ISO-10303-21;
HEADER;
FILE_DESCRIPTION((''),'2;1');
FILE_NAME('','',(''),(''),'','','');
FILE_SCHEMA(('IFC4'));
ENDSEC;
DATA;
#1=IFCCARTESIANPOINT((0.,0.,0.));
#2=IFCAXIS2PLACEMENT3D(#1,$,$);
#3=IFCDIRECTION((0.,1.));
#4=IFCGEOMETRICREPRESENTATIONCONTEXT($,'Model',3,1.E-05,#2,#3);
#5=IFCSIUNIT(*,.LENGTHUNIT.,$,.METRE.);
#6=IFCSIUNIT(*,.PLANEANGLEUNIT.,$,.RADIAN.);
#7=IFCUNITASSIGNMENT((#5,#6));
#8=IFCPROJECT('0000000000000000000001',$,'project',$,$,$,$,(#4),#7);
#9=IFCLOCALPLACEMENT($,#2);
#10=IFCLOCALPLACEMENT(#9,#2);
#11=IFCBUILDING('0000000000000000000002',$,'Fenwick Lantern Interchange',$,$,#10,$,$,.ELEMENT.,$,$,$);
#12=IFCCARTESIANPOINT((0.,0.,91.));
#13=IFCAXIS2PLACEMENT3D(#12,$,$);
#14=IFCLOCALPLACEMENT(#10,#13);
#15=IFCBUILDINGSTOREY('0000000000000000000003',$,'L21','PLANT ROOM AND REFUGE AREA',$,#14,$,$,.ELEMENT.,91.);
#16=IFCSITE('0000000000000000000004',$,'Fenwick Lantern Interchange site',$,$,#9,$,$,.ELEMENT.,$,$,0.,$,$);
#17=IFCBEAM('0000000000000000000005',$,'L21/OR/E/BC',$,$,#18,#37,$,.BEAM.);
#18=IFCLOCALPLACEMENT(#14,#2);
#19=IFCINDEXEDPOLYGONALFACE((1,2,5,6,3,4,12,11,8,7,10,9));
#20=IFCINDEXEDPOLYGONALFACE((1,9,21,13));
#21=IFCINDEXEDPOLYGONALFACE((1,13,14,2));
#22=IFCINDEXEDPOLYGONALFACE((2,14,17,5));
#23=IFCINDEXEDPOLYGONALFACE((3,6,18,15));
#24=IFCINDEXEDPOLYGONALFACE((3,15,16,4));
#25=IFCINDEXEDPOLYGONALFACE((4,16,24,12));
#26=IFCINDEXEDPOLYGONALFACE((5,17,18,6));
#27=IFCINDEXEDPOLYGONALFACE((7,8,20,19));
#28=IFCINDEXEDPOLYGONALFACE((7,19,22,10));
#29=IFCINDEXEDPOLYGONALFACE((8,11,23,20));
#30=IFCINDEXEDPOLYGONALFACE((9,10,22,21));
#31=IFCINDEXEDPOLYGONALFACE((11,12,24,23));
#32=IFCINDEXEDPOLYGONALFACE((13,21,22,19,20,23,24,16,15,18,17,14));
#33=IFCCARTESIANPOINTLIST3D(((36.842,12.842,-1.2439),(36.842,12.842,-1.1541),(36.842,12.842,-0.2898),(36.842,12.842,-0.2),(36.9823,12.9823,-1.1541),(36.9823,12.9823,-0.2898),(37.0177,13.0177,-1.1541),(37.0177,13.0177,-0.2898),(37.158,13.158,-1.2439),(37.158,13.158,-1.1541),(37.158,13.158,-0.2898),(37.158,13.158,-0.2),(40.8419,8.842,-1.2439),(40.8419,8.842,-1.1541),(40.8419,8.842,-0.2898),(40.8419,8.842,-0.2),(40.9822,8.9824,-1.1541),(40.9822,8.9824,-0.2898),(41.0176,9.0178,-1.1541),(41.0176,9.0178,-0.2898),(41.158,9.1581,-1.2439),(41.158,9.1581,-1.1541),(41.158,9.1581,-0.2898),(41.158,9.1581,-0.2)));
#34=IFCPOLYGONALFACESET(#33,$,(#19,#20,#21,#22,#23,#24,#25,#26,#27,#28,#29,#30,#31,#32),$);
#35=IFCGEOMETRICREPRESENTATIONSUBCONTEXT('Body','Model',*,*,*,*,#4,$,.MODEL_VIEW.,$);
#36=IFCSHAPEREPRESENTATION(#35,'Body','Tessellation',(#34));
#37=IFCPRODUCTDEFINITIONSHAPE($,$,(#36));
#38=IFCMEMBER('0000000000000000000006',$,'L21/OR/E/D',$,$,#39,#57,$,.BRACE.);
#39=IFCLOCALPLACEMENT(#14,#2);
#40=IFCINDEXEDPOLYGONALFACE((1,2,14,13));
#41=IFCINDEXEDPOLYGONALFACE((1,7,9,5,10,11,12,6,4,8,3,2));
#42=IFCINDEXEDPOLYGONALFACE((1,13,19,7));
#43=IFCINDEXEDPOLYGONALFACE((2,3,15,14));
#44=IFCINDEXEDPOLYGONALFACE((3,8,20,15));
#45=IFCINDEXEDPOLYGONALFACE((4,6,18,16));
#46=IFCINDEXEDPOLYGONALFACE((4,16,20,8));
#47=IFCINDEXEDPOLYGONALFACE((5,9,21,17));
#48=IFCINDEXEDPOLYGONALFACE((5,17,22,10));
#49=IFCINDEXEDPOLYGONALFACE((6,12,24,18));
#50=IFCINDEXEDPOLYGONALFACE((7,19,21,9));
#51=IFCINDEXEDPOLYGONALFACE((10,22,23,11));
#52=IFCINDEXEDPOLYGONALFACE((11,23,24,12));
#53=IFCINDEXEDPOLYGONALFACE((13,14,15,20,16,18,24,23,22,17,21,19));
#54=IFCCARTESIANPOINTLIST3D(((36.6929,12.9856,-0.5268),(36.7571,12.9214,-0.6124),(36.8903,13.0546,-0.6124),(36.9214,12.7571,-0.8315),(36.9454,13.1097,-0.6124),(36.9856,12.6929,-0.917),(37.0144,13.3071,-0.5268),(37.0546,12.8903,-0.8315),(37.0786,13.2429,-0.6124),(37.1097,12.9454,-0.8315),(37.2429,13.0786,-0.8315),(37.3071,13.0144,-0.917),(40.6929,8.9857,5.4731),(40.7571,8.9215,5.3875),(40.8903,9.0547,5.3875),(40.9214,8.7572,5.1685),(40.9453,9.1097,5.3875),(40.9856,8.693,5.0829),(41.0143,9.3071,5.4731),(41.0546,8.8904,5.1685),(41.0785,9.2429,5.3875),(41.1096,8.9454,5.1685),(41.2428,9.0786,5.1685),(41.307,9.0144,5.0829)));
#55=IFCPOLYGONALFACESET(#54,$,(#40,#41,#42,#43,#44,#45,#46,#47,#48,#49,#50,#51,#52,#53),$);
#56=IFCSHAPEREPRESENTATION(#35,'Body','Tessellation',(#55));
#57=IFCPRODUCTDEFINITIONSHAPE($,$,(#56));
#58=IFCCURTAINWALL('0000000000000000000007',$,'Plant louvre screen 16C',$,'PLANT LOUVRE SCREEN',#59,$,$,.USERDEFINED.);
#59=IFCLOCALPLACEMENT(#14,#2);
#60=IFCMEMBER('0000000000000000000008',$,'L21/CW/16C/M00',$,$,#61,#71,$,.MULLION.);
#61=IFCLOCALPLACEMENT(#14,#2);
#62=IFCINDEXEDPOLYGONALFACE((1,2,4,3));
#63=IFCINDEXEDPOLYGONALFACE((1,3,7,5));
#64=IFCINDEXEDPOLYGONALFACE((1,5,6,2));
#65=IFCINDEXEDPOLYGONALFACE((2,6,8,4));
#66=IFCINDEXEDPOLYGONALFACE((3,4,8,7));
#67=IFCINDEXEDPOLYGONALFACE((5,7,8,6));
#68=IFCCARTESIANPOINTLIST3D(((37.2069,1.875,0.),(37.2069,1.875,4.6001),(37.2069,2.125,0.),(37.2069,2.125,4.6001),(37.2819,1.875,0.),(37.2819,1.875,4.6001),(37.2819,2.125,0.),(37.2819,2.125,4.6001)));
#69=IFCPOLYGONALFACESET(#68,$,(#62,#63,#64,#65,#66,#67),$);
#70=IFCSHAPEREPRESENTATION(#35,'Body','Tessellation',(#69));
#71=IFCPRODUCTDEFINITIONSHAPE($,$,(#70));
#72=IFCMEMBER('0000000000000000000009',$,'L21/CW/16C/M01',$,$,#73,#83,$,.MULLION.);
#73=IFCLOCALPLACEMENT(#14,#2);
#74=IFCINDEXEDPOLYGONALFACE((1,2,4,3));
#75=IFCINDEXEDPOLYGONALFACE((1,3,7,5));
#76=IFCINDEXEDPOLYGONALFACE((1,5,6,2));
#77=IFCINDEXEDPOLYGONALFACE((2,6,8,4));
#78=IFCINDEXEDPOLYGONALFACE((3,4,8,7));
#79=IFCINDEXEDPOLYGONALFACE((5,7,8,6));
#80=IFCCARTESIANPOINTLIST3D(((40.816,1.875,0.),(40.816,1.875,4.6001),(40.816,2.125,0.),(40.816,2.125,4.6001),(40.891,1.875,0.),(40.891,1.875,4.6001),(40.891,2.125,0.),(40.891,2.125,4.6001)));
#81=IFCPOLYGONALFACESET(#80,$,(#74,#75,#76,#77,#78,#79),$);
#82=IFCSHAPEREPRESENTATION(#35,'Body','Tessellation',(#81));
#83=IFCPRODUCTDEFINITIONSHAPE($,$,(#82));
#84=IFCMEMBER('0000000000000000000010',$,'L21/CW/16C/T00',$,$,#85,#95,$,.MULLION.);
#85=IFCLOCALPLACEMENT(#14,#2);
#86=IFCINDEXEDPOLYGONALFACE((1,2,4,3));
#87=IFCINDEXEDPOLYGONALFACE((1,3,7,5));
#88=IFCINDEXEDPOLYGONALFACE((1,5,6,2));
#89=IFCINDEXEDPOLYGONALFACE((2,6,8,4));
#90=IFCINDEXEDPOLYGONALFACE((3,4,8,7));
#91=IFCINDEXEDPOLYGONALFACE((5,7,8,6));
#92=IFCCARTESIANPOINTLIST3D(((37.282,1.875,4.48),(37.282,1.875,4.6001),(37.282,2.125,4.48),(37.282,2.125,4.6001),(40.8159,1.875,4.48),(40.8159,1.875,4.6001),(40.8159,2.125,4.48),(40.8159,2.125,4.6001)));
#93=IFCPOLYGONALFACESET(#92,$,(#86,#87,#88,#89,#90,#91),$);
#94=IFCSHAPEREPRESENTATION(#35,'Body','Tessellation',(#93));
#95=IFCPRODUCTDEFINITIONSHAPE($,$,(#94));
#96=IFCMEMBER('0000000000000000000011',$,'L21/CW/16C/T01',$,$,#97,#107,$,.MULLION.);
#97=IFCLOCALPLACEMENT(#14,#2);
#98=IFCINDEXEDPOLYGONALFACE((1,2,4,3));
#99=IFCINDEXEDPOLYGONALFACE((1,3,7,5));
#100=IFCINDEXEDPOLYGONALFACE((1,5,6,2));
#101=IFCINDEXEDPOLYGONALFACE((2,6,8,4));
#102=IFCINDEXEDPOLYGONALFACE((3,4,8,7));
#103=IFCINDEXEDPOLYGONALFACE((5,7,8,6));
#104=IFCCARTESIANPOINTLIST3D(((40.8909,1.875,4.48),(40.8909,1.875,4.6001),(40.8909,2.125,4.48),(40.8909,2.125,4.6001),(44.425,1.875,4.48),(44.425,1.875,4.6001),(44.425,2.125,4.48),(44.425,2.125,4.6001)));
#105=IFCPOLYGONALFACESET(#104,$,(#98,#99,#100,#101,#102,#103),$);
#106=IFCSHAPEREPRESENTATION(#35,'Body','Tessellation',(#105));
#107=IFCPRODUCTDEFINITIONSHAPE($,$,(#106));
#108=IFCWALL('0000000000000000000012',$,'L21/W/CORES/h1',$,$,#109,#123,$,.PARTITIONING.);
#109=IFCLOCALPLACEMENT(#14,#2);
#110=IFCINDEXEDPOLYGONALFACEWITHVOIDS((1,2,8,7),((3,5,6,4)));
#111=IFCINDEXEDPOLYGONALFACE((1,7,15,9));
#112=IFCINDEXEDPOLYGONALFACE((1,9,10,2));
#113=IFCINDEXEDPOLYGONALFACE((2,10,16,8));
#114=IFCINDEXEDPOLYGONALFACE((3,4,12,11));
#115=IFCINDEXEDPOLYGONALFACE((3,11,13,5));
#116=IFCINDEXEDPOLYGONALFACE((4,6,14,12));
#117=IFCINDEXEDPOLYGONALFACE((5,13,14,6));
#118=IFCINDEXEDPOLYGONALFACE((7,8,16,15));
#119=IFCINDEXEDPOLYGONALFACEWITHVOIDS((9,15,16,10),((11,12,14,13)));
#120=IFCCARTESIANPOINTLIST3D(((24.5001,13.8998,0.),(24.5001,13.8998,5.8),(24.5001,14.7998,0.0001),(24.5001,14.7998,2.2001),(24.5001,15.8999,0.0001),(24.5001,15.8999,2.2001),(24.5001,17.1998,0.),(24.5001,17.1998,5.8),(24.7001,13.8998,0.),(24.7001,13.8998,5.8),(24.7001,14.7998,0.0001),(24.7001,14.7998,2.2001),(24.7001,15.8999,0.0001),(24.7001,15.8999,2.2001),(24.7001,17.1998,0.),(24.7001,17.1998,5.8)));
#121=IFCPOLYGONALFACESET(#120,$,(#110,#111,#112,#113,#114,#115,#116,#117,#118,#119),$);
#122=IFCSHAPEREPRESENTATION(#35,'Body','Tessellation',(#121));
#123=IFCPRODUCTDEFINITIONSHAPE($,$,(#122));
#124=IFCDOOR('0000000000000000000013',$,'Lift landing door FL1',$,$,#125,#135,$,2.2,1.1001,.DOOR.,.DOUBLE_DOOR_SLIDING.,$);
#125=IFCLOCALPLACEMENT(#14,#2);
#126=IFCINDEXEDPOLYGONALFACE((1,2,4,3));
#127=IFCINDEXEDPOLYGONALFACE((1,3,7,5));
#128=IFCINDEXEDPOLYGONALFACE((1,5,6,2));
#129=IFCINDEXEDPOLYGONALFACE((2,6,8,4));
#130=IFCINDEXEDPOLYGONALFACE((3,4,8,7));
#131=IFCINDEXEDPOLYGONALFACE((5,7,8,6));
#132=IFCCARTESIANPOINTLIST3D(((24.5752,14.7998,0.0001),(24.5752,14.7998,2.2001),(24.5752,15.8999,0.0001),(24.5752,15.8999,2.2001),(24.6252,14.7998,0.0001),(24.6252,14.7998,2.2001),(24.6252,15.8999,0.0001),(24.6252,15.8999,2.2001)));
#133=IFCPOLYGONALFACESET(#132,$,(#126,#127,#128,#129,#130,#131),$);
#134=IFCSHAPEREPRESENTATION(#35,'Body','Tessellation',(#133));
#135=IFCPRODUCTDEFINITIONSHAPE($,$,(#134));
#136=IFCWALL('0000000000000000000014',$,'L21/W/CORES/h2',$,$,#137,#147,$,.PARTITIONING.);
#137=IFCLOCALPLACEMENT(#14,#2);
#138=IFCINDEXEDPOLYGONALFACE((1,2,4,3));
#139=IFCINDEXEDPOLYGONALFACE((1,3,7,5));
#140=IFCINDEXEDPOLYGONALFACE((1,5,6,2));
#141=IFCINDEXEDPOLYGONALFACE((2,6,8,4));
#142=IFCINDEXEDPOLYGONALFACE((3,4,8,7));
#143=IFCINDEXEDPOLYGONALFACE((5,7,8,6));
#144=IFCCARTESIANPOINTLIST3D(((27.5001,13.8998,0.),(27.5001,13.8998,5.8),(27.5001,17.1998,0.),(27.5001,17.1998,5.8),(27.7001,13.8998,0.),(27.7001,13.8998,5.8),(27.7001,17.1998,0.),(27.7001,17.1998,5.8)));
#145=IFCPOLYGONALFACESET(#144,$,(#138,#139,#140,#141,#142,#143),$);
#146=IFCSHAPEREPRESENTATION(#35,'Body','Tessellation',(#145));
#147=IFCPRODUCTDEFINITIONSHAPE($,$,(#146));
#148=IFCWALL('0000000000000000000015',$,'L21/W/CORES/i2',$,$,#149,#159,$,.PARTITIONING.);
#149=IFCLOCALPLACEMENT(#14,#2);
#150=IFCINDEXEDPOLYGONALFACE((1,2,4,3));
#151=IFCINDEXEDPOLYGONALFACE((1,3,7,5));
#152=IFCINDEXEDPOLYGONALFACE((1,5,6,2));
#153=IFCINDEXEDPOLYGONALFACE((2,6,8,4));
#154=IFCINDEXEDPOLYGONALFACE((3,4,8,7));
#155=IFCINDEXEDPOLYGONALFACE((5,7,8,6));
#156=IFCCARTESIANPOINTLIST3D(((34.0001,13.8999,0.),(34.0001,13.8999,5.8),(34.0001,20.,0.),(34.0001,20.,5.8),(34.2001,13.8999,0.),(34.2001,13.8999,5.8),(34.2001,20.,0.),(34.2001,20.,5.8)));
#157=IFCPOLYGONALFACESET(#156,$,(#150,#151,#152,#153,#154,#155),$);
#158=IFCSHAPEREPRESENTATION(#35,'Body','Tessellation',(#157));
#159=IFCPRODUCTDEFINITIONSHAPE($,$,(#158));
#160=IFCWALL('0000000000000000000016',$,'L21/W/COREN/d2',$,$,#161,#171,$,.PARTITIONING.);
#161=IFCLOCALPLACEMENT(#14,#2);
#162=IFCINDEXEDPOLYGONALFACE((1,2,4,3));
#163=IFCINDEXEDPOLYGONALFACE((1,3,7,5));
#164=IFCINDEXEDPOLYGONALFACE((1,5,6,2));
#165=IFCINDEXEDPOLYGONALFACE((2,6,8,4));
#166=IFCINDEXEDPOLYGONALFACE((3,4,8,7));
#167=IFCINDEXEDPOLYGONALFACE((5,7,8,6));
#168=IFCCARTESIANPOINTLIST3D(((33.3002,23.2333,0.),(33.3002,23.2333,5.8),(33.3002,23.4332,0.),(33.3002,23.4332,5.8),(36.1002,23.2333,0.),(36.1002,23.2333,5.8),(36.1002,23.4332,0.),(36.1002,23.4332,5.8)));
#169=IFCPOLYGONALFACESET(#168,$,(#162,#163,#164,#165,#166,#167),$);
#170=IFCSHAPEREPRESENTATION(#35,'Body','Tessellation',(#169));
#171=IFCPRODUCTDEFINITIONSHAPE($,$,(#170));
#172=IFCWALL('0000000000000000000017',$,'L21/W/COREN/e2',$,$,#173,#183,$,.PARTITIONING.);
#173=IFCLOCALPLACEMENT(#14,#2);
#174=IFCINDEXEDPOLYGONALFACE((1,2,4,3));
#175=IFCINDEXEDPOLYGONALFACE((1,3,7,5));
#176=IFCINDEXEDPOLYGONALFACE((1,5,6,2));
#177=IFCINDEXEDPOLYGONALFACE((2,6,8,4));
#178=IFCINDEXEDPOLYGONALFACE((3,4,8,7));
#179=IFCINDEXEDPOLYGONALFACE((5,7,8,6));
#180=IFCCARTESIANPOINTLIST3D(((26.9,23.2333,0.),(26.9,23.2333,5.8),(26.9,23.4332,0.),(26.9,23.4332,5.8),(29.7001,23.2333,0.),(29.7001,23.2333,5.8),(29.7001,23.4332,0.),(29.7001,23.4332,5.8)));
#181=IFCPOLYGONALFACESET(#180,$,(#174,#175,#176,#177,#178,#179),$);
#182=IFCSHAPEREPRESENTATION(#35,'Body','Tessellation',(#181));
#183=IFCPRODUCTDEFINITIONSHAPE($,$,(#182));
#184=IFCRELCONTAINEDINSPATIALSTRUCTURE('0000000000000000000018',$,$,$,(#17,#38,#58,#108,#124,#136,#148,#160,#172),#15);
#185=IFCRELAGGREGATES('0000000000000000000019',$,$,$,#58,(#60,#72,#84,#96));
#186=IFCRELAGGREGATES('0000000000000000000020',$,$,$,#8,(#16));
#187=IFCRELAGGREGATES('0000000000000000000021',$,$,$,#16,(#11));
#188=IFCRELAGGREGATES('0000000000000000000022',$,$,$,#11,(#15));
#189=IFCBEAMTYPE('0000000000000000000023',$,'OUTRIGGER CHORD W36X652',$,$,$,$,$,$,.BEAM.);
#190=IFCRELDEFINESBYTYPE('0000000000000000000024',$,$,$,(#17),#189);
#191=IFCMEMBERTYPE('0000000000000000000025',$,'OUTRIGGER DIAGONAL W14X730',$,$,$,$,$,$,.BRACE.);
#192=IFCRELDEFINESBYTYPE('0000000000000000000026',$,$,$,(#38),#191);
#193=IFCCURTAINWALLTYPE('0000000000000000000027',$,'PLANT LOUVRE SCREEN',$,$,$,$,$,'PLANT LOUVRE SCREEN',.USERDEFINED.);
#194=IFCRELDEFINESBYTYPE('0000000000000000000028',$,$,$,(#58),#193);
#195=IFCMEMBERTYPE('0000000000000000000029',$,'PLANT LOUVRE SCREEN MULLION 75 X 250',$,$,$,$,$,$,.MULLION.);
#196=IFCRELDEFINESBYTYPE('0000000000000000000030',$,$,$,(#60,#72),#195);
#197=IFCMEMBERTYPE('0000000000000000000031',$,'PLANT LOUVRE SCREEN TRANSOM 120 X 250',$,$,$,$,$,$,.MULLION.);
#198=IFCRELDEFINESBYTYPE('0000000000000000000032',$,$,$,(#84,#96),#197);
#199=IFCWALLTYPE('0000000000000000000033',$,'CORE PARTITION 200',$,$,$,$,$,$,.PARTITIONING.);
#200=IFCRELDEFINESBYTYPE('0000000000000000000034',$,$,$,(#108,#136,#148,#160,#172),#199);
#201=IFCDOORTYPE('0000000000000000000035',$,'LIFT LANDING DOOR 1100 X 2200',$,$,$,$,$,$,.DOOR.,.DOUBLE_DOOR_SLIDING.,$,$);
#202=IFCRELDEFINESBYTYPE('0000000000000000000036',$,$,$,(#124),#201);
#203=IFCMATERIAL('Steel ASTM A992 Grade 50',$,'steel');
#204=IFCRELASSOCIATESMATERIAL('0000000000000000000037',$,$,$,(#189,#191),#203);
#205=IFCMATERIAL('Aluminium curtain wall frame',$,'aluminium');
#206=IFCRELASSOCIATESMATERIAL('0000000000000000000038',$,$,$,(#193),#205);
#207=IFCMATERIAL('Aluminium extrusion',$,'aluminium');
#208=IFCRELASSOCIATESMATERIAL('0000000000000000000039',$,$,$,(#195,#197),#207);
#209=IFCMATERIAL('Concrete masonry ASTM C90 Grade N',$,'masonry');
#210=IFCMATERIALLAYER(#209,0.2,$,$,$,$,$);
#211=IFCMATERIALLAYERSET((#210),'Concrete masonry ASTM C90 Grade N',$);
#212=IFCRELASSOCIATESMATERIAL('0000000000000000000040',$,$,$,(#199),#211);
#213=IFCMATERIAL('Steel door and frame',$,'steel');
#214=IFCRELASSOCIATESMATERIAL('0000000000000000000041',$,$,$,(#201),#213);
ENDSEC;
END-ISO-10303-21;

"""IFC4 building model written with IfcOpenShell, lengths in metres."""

from ifc_helpers import new_model, si_unit, direction, frame, frame_2d, origin, origin_2d, place, context, subcontext, project, spatial, rectangle, i_section, extrude, material, layer, layer_set, material_profile, profile_set, type_object, element, fill, aggregate, save


model = new_model("IFC4")

# Units and contexts
model_context = context("Model", 3, precision=1e-05, world=origin(), true_north=direction((0.0, 1.0)))
body_context = subcontext(model_context, "Body", "Model", "MODEL_VIEW")
ifc_project = project(units=[si_unit("LENGTHUNIT", "METRE"), si_unit("PLANEANGLEUNIT", "RADIAN")], contexts=[model_context])

# Site, building, storey
site_placement = place(None, origin())
site = spatial("IfcSite", under=ifc_project, at=site_placement, Name="Fenwick Lantern Interchange site", CompositionType="ELEMENT", RefElevation=0.0)
building_placement = place(site_placement, origin())
building = spatial("IfcBuilding", under=site, at=building_placement, Name="Fenwick Lantern Interchange", CompositionType="ELEMENT")
storey_placement = place(building_placement, frame((0.0, 0.0, 91.0)))
storey = spatial("IfcBuildingStorey", under=building, at=storey_placement, Name="L21", Description="PLANT ROOM AND REFUGE AREA", CompositionType="ELEMENT", Elevation=91.0)

# Beam
ifc_material_1 = material(Name="Steel ASTM A992 Grade 50", Category="steel")
ifc_material_profile_1 = material_profile(ifc_material_1, i_section(OverallWidth=0.447, OverallDepth=1.0439, WebThickness=0.05, FlangeThickness=0.0898, at=origin_2d()), Name="W36X652")
ifc_profile_set_1 = profile_set([ifc_material_profile_1], Name="Steel ASTM A992 Grade 50")
beam_type_1 = type_object("IfcBeamType", Name="OUTRIGGER CHORD W36X652", PredefinedType="BEAM", material=ifc_profile_set_1)
beam_1_placement = place(storey_placement, frame((37.0, 13.0, -0.7219), z_axis=(0.707107, -0.707107, 0.0), x_axis=(0.707107, 0.707107, 0.0)))
element("IfcBeam", 1, at=beam_1_placement, inside=storey, type_object=beam_type_1, Name="L21/OR/E/BC", PredefinedType="BEAM", context=body_context, shape_type="SweptSolid", body=[
    extrude(i_section(OverallWidth=0.447, OverallDepth=1.0439, WebThickness=0.05, FlangeThickness=0.0898, at=origin_2d()), origin(), (0.0, 0.0, 1.0), 5.6567),
])

# Member
ifc_material_profile_2 = material_profile(ifc_material_1, i_section(OverallWidth=0.4546, OverallDepth=0.5688, WebThickness=0.0779, FlangeThickness=0.1248, at=origin_2d()), Name="W14X730")
ifc_profile_set_2 = profile_set([ifc_material_profile_2], Name="Steel ASTM A992 Grade 50")
member_type_1 = type_object("IfcMemberType", Name="OUTRIGGER DIAGONAL W14X730", PredefinedType="BRACE", material=ifc_profile_set_2)
member_1_placement = place(storey_placement, frame((37.0, 13.0, -0.7219), z_axis=(0.485071, -0.485071, 0.727607), x_axis=(0.707107, 0.707107, 0.0)))
element("IfcMember", 2, at=member_1_placement, inside=storey, type_object=member_type_1, Name="L21/OR/E/D", PredefinedType="BRACE", context=body_context, shape_type="SweptSolid", body=[
    extrude(i_section(OverallWidth=0.4546, OverallDepth=0.5688, WebThickness=0.0779, FlangeThickness=0.1248, at=origin_2d()), origin(), (0.0, 0.0, 1.0), 8.2461),
])

# Curtain wall, members
ifc_material_2 = material(Name="Aluminium curtain wall frame", Category="aluminium")
curtain_wall_type = type_object("IfcCurtainWallType", Name="PLANT LOUVRE SCREEN", ElementType="PLANT LOUVRE SCREEN", PredefinedType="USERDEFINED", material=ifc_material_2)
curtain_wall_placement = place(storey_placement, origin())
curtain_wall = element("IfcCurtainWall", 3, at=curtain_wall_placement, inside=storey, type_object=curtain_wall_type, Name="Plant louvre screen 16C", ObjectType="PLANT LOUVRE SCREEN", PredefinedType="USERDEFINED")
ifc_material_3 = material(Name="Aluminium extrusion", Category="aluminium")
ifc_material_profile_3 = material_profile(ifc_material_3, rectangle(XDim=0.25, YDim=0.075, at=origin_2d()), Name="PLANT LOUVRE SCREEN MULLION 75 X 250")
ifc_profile_set_3 = profile_set([ifc_material_profile_3], Name="Aluminium extrusion")
member_type_2 = type_object("IfcMemberType", Name="PLANT LOUVRE SCREEN MULLION 75 X 250", PredefinedType="MULLION", material=ifc_profile_set_3)
member_2_placement = place(storey_placement, frame((37.2444, 2.0, 0.0), z_axis=(0.0, 0.0, 1.0), x_axis=(0.0, 1.0, 0.0)))
member_2 = element("IfcMember", 4, at=member_2_placement, type_object=member_type_2, Name="L21/CW/16C/M00", PredefinedType="MULLION", context=body_context, shape_type="SweptSolid", body=[
    extrude(rectangle(XDim=0.25, YDim=0.075, at=origin_2d()), origin(), (0.0, 0.0, 1.0), 4.6001),
])
member_3_placement = place(storey_placement, frame((40.8535, 2.0, 0.0), z_axis=(0.0, 0.0, 1.0), x_axis=(0.0, 1.0, 0.0)))
member_3 = element("IfcMember", 5, at=member_3_placement, type_object=member_type_2, Name="L21/CW/16C/M01", PredefinedType="MULLION", context=body_context, shape_type="SweptSolid", body=[
    extrude(rectangle(XDim=0.25, YDim=0.075, at=origin_2d()), origin(), (0.0, 0.0, 1.0), 4.6001),
])
ifc_material_profile_4 = material_profile(ifc_material_3, rectangle(XDim=0.25, YDim=0.1201, at=origin_2d()), Name="PLANT LOUVRE SCREEN TRANSOM 120 X 250")
ifc_profile_set_4 = profile_set([ifc_material_profile_4], Name="Aluminium extrusion")
member_type_3 = type_object("IfcMemberType", Name="PLANT LOUVRE SCREEN TRANSOM 120 X 250", PredefinedType="MULLION", material=ifc_profile_set_4)
member_4_placement = place(storey_placement, frame((37.282, 2.0, 4.54), z_axis=(1.0, 0.0, 0.0), x_axis=(0.0, 1.0, 0.0)))
member_4 = element("IfcMember", 6, at=member_4_placement, type_object=member_type_3, Name="L21/CW/16C/T00", PredefinedType="MULLION", context=body_context, shape_type="SweptSolid", body=[
    extrude(rectangle(XDim=0.25, YDim=0.1201, at=origin_2d()), origin(), (0.0, 0.0, 1.0), 3.5339),
])
member_5_placement = place(storey_placement, frame((40.8909, 2.0, 4.54), z_axis=(1.0, 0.0, 0.0), x_axis=(0.0, 1.0, 0.0)))
member_5 = element("IfcMember", 7, at=member_5_placement, type_object=member_type_3, Name="L21/CW/16C/T01", PredefinedType="MULLION", context=body_context, shape_type="SweptSolid", body=[
    extrude(rectangle(XDim=0.25, YDim=0.1201, at=origin_2d()), origin(), (0.0, 0.0, 1.0), 3.5342),
])

# Wall, opening, door
ifc_material_4 = material(Name="Concrete masonry ASTM C90 Grade N", Category="masonry")
ifc_layer_1 = layer(ifc_material_4, 0.2)
ifc_layer_set_1 = layer_set([ifc_layer_1], Name="Concrete masonry ASTM C90 Grade N")
wall_type_1 = type_object("IfcWallType", Name="CORE PARTITION 200", PredefinedType="PARTITIONING", material=ifc_layer_set_1)
wall_1_placement = place(storey_placement, frame((24.6001, 13.8999, 0.0), z_axis=(0.0, 0.0, 1.0), x_axis=(0.0, 1.0, 0.0)))
wall_1 = element("IfcWall", 8, at=wall_1_placement, inside=storey, type_object=wall_type_1, Name="L21/W/CORES/h1", PredefinedType="PARTITIONING", context=body_context, shape_type="SweptSolid", body=[
    extrude(rectangle(XDim=3.3, YDim=0.2, at=frame_2d((1.6499, 0.0))), origin(), (0.0, 0.0, 1.0), 5.8),
])
opening_1_placement = place(wall_1_placement, frame((0.8999, 0.0, 0.0)))
opening_1 = element("IfcOpeningElement", 9, at=opening_1_placement, cuts=wall_1, PredefinedType="OPENING", context=body_context, shape_type="SweptSolid", body=[
    extrude(rectangle(XDim=1.1001, YDim=2.2, at=frame_2d((0.55, 1.1001))), frame((0.0, 0.1099, 0.0), z_axis=(0.0, -1.0, 0.0), x_axis=(1.0, 0.0, 0.0)), (0.0, 0.0, 1.0), 0.22),
])
ifc_material_5 = material(Name="Steel door and frame", Category="steel")
door_type_1 = type_object("IfcDoorType", Name="LIFT LANDING DOOR 1100 X 2200", OperationType="DOUBLE_DOOR_SLIDING", PredefinedType="DOOR", material=ifc_material_5)
door_1_placement = place(opening_1_placement, origin())
door_1 = element("IfcDoor", 10, at=door_1_placement, inside=storey, type_object=door_type_1, Name="Lift landing door FL1", OperationType="DOUBLE_DOOR_SLIDING", OverallHeight=2.2, OverallWidth=1.1001, PredefinedType="DOOR", context=body_context, shape_type="SweptSolid", body=[
    extrude(rectangle(XDim=1.1001, YDim=2.2, at=frame_2d((0.55, 1.1001))), frame((0.0, 0.0249, 0.0), z_axis=(0.0, -1.0, 0.0), x_axis=(1.0, 0.0, 0.0)), (0.0, 0.0, 1.0), 0.05),
])
fill(opening_1, door_1)

# Walls
wall_2_placement = place(storey_placement, frame((27.6001, 13.8999, 0.0), z_axis=(0.0, 0.0, 1.0), x_axis=(0.0, 1.0, 0.0)))
element("IfcWall", 11, at=wall_2_placement, inside=storey, type_object=wall_type_1, Name="L21/W/CORES/h2", PredefinedType="PARTITIONING", context=body_context, shape_type="SweptSolid", body=[
    extrude(rectangle(XDim=3.3, YDim=0.2, at=frame_2d((1.6499, 0.0))), origin(), (0.0, 0.0, 1.0), 5.8),
])
wall_3_placement = place(storey_placement, frame((34.1001, 13.8999, 0.0), z_axis=(0.0, 0.0, 1.0), x_axis=(0.0, 1.0, 0.0)))
element("IfcWall", 12, at=wall_3_placement, inside=storey, type_object=wall_type_1, Name="L21/W/CORES/i2", PredefinedType="PARTITIONING", context=body_context, shape_type="SweptSolid", body=[
    extrude(rectangle(XDim=6.1001, YDim=0.2, at=frame_2d((3.05, 0.0))), origin(), (0.0, 0.0, 1.0), 5.8),
])
for number, where, z_axis, x_axis, name in (
    (13, (36.1001, 23.3333, 0.0), (0.0, 0.0, 1.0), (-1.0, 0.0, 0.0), "L21/W/COREN/d2"),
    (14, (29.7, 23.3333, 0.0), (0.0, 0.0, 1.0), (-1.0, 0.0, 0.0), "L21/W/COREN/e2"),
):
    element("IfcWall", number, at=place(storey_placement, frame(where, z_axis=z_axis, x_axis=x_axis)), inside=storey, type_object=wall_type_1, Name=name, PredefinedType="PARTITIONING", context=body_context, shape_type="SweptSolid", body=[
        extrude(rectangle(XDim=2.8, YDim=0.2, at=frame_2d((1.3999, 0.0))), origin(), (0.0, 0.0, 1.0), 5.8),
    ])

aggregate(curtain_wall, [member_2, member_3, member_4, member_5])

save(model, "model.ifc")
